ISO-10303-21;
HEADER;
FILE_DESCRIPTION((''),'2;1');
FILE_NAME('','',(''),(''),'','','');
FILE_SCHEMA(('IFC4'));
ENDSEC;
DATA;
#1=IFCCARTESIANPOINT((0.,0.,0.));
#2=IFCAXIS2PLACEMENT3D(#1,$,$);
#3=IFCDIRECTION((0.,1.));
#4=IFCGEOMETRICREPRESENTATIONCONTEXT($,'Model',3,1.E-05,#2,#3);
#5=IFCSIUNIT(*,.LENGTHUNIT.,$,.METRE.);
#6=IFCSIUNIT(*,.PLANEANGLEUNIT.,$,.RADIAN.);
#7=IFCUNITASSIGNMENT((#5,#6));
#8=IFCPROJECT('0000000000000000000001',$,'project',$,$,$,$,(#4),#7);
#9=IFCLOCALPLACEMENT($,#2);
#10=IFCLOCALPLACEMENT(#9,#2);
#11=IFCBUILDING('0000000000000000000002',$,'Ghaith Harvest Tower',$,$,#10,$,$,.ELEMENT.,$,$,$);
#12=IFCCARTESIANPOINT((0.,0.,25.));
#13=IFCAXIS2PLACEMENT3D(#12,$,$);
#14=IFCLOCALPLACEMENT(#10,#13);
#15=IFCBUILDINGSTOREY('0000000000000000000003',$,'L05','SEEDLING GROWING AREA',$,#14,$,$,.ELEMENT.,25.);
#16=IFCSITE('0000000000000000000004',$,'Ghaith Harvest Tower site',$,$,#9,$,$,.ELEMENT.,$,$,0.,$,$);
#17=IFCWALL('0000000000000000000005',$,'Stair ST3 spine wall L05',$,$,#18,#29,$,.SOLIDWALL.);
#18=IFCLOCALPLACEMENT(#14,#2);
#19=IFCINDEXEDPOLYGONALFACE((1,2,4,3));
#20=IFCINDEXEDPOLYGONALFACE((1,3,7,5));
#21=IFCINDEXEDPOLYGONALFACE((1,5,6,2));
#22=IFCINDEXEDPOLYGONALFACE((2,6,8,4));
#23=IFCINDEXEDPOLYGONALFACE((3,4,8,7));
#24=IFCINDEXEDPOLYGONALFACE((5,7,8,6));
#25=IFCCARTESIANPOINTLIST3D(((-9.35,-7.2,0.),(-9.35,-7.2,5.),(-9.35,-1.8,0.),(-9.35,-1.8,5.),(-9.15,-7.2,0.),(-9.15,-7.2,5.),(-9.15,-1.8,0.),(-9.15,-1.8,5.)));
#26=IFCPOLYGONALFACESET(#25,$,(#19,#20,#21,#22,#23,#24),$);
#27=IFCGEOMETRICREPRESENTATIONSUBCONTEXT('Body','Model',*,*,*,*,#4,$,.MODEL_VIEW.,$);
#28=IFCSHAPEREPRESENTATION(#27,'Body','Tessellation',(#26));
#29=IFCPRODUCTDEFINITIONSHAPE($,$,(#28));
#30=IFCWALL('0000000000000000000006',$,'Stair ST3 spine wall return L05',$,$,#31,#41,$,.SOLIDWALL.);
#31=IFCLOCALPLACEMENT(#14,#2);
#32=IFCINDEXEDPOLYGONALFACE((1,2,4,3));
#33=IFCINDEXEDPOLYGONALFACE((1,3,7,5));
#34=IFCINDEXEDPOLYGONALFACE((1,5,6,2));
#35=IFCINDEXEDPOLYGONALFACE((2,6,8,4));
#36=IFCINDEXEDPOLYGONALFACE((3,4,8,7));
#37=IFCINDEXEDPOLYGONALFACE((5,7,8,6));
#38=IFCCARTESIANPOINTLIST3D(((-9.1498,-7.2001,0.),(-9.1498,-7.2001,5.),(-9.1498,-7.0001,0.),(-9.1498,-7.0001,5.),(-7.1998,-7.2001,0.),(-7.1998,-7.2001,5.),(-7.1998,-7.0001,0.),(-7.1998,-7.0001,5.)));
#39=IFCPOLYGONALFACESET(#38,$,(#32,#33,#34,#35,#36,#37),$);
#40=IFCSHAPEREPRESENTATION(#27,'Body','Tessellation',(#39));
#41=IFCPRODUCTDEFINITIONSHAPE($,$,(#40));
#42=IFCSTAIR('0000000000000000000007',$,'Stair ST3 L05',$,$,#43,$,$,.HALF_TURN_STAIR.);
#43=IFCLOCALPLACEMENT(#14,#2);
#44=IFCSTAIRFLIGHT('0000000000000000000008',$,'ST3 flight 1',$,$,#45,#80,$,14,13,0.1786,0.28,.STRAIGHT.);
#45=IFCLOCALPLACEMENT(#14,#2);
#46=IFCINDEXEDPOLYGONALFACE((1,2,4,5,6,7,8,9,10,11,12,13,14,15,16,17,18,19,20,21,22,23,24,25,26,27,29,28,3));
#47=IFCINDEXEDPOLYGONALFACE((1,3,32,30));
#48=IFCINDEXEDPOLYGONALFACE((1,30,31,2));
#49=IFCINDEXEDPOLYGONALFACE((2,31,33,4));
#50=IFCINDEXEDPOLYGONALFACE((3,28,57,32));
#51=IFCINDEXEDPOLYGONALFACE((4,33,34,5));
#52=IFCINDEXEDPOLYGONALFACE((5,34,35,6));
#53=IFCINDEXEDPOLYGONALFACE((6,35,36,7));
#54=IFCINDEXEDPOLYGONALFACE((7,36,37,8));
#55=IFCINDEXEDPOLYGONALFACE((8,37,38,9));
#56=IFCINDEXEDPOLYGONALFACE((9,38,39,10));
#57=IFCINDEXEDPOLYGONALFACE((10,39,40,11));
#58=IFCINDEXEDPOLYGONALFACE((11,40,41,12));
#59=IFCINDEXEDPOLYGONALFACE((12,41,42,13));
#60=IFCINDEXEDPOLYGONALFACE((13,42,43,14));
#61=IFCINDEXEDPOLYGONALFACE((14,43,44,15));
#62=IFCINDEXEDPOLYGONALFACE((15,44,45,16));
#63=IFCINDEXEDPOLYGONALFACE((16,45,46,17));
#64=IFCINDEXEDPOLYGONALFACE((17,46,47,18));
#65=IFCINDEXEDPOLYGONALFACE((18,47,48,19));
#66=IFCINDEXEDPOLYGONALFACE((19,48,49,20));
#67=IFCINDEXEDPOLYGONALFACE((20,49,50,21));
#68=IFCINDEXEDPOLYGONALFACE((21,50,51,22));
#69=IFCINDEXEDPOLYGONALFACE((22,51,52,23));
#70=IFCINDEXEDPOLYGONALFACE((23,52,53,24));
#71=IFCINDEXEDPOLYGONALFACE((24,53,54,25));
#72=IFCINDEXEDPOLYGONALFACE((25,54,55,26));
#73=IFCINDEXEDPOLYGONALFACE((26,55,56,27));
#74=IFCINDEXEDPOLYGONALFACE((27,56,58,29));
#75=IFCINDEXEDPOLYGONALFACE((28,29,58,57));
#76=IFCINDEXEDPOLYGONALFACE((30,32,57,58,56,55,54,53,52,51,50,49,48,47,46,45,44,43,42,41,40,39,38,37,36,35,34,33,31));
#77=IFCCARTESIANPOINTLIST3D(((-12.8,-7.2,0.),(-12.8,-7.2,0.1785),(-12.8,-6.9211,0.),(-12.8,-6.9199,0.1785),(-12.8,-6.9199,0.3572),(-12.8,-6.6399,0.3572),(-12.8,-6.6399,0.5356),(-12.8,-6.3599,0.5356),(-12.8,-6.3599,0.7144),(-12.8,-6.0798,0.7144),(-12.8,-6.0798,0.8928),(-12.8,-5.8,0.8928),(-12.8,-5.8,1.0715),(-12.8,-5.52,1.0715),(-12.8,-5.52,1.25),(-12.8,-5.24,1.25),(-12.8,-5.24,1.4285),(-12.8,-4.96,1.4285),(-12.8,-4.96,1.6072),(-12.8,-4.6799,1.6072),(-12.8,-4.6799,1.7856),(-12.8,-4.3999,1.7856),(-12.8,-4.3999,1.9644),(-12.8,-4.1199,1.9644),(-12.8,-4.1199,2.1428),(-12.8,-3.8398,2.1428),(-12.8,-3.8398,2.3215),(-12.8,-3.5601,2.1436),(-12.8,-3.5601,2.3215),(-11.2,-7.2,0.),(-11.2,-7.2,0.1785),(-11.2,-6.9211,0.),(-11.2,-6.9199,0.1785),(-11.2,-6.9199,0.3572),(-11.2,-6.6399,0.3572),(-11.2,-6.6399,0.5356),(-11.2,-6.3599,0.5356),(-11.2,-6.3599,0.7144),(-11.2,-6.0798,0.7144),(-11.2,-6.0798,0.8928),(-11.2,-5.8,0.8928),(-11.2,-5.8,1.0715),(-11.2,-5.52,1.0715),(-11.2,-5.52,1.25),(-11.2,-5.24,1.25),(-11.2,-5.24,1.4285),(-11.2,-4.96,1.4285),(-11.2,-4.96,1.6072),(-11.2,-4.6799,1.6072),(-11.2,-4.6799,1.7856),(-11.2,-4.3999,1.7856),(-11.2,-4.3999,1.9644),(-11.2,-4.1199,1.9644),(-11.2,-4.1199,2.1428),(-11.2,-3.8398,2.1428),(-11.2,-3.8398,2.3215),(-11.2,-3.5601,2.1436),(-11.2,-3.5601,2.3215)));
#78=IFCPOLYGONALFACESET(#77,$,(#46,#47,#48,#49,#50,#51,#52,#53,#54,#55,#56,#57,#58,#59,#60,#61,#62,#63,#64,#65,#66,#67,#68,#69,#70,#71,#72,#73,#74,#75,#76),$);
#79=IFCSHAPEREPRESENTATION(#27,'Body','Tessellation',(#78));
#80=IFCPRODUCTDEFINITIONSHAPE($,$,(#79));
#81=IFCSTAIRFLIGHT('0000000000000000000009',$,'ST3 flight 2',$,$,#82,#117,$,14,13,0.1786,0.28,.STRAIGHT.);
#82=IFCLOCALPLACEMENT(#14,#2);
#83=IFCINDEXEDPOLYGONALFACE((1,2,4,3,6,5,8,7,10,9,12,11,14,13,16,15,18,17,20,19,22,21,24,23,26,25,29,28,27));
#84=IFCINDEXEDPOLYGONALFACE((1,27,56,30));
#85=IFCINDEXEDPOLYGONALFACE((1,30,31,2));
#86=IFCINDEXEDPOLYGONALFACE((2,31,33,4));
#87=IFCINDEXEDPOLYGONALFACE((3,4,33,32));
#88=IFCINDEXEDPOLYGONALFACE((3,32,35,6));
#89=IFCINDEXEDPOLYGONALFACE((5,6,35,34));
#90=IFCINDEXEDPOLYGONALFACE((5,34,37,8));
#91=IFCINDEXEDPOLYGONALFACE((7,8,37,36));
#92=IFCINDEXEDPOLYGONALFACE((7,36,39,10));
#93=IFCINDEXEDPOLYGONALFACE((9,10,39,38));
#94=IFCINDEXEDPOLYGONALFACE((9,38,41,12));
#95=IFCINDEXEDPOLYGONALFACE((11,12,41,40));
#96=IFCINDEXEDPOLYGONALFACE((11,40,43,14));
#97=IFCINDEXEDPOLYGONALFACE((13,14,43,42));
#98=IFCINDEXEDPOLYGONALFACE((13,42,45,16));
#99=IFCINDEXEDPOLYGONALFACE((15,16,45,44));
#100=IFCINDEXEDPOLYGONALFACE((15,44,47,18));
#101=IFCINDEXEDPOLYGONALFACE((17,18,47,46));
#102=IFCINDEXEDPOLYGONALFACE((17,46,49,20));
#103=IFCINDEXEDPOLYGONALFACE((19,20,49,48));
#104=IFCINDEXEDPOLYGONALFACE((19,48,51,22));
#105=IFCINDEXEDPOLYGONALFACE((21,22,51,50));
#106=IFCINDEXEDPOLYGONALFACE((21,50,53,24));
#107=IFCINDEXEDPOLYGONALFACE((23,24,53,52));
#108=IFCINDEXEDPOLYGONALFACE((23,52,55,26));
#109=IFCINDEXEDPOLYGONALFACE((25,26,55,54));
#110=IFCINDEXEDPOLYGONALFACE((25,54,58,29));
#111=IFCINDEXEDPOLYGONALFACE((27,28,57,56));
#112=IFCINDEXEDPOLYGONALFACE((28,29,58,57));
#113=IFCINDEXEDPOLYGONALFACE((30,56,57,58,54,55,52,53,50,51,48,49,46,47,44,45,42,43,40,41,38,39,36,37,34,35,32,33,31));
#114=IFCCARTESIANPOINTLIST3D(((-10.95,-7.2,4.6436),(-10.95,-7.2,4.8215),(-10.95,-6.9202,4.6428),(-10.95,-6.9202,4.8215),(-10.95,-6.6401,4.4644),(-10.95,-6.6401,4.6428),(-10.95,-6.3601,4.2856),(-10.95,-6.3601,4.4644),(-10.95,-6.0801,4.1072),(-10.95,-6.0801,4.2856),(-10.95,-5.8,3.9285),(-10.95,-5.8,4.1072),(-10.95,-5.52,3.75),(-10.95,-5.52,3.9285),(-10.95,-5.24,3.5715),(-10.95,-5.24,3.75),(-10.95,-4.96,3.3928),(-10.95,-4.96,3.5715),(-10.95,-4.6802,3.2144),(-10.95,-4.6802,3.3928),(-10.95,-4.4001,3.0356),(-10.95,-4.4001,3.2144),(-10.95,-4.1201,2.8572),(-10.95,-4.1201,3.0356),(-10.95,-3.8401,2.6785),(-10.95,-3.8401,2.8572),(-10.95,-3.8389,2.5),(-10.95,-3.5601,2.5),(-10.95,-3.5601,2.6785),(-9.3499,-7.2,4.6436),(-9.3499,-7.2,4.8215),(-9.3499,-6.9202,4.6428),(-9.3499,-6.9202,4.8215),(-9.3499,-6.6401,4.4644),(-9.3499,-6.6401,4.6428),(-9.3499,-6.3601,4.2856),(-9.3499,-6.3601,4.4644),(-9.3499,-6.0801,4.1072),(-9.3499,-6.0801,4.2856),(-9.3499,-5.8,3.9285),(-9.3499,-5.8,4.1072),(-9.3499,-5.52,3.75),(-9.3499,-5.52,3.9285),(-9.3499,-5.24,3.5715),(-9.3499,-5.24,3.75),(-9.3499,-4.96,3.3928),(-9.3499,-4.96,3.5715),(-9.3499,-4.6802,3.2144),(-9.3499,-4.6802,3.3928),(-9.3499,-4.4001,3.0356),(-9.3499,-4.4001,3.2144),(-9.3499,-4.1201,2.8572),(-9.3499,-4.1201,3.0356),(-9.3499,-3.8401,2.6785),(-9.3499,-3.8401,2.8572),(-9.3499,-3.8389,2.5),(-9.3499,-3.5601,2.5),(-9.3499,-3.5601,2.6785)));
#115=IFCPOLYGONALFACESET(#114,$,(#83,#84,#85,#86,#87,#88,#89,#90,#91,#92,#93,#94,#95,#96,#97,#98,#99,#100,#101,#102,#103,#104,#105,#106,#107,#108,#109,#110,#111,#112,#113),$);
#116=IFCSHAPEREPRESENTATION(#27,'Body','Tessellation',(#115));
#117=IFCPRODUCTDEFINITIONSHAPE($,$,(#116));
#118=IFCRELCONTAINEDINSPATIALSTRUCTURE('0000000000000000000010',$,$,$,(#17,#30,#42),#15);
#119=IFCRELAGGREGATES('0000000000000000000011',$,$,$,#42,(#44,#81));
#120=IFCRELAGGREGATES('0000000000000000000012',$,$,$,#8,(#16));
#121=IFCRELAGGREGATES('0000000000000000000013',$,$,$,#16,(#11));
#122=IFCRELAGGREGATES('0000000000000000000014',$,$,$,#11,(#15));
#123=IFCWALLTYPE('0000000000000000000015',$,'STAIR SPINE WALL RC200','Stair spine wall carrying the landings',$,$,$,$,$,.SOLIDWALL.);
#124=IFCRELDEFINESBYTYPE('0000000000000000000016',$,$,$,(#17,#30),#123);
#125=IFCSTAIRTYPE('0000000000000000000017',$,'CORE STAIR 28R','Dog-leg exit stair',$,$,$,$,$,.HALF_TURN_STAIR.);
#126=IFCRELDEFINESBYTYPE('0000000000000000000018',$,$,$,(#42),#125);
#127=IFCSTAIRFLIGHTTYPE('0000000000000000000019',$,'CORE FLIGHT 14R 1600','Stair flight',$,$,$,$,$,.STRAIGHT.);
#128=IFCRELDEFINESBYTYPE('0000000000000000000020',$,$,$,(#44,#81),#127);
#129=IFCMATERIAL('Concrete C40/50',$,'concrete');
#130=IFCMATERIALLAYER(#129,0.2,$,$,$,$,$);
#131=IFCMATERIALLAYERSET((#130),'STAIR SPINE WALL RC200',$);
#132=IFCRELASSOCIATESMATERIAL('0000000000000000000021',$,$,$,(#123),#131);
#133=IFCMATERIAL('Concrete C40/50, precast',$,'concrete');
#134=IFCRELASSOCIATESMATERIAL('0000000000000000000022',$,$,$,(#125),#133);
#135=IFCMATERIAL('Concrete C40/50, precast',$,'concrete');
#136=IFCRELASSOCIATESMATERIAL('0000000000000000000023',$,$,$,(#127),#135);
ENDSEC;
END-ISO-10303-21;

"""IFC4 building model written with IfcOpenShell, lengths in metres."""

from ifc_helpers import new_model, si_unit, direction, frame, frame_2d, origin, place, context, subcontext, project, spatial, polyline, rectangle, outline, extrude, material, layer, layer_set, type_object, element, aggregate, save


model = new_model("IFC4")

# Units and contexts
model_context = context("Model", 3, precision=1e-05, world=origin(), true_north=direction((0.0, 1.0)))
body_context = subcontext(model_context, "Body", "Model", "MODEL_VIEW")
ifc_project = project(units=[si_unit("LENGTHUNIT", "METRE"), si_unit("PLANEANGLEUNIT", "RADIAN")], contexts=[model_context])

# Site, building, storey
site_placement = place(None, origin())
site = spatial("IfcSite", under=ifc_project, at=site_placement, Name="Ghaith Harvest Tower site", CompositionType="ELEMENT", RefElevation=0.0)
building_placement = place(site_placement, origin())
building = spatial("IfcBuilding", under=site, at=building_placement, Name="Ghaith Harvest Tower", CompositionType="ELEMENT")
storey_placement = place(building_placement, frame((0.0, 0.0, 25.0)))
storey = spatial("IfcBuildingStorey", under=building, at=storey_placement, Name="L05", Description="SEEDLING GROWING AREA", CompositionType="ELEMENT", Elevation=25.0)

# Walls
ifc_material_1 = material(Name="Concrete C40/50", Category="concrete")
ifc_layer_1 = layer(ifc_material_1, 0.2)
ifc_layer_set_1 = layer_set([ifc_layer_1], Name="STAIR SPINE WALL RC200")
wall_type_1 = type_object("IfcWallType", Name="STAIR SPINE WALL RC200", Description="Stair spine wall carrying the landings", PredefinedType="SOLIDWALL", material=ifc_layer_set_1)
wall_1_placement = place(storey_placement, frame((-9.25, -7.2, 0.0), z_axis=(0.0, 0.0, 1.0), x_axis=(0.0, 1.0, 0.0)))
element("IfcWall", 1, at=wall_1_placement, inside=storey, type_object=wall_type_1, Name="Stair ST3 spine wall L05", PredefinedType="SOLIDWALL", context=body_context, shape_type="SweptSolid", body=[
    extrude(rectangle(XDim=5.3999, YDim=0.2, at=frame_2d((2.7, 0.0))), origin(), (0.0, 0.0, 1.0), 5.0),
])
wall_2_placement = place(storey_placement, frame((-9.1499, -7.1001, 0.0), z_axis=(0.0, 0.0, 1.0), x_axis=(1.0, 0.0, 0.0)))
element("IfcWall", 2, at=wall_2_placement, inside=storey, type_object=wall_type_1, Name="Stair ST3 spine wall return L05", PredefinedType="SOLIDWALL", context=body_context, shape_type="SweptSolid", body=[
    extrude(rectangle(XDim=1.95, YDim=0.2, at=frame_2d((0.9751, 0.0))), origin(), (0.0, 0.0, 1.0), 5.0),
])

# Stair, stair flights
ifc_material_2 = material(Name="Concrete C40/50, precast", Category="concrete")
stair_type = type_object("IfcStairType", Name="CORE STAIR 28R", Description="Dog-leg exit stair", PredefinedType="HALF_TURN_STAIR", material=ifc_material_2)
stair_placement = place(storey_placement, origin())
stair = element("IfcStair", 3, at=stair_placement, inside=storey, type_object=stair_type, Name="Stair ST3 L05", PredefinedType="HALF_TURN_STAIR")
ifc_material_3 = material(Name="Concrete C40/50, precast", Category="concrete")
stair_flight_type = type_object("IfcStairFlightType", Name="CORE FLIGHT 14R 1600", Description="Stair flight", PredefinedType="STRAIGHT", material=ifc_material_3)
stair_flight_1_placement = place(storey_placement, frame((-12.0, -7.2, 0.0), z_axis=(0.0, 0.0, 1.0), x_axis=(0.0, 1.0, 0.0)))
stair_flight_1 = element("IfcStairFlight", 4, at=stair_flight_1_placement, type_object=stair_flight_type, Name="ST3 flight 1", NumberOfRisers=14, NumberOfTreads=13, PredefinedType="STRAIGHT", RiserHeight=0.1786, TreadLength=0.28, context=body_context, shape_type="SweptSolid", body=[
    extrude(outline(polyline([(0.0, 0.0), (0.0, 0.1785), (0.28, 0.1785), (0.28, 0.3572), (0.5601, 0.3572), (0.5601, 0.5356), (0.8401, 0.5356), (0.8401, 0.7144), (1.1201, 0.7144), (1.1201, 0.8928), (1.3999, 0.8928), (1.3999, 1.0715), (1.6799, 1.0715), (1.6799, 1.25), (1.96, 1.25), (1.96, 1.4285), (2.24, 1.4285), (2.24, 1.6072), (2.52, 1.6072), (2.52, 1.7856), (2.8, 1.7856), (2.8, 1.9644), (3.0801, 1.9644), (3.0801, 2.1428), (3.3601, 2.1428), (3.3601, 2.3215), (3.6399, 2.3215), (3.6399, 2.5), (3.6399, 2.1436), (0.2788, 0.0), (0.0, 0.0)])), frame((0.0, 0.8, 0.0), z_axis=(0.0, -1.0, 0.0), x_axis=(1.0, 0.0, 0.0)), (0.0, 0.0, 1.0), 1.6001),
])
stair_flight_2_placement = place(storey_placement, frame((-10.1499, -3.5601, 2.5), z_axis=(0.0, 0.0, 1.0), x_axis=(0.0, -1.0, 0.0)))
stair_flight_2 = element("IfcStairFlight", 5, at=stair_flight_2_placement, type_object=stair_flight_type, Name="ST3 flight 2", NumberOfRisers=14, NumberOfTreads=13, PredefinedType="STRAIGHT", RiserHeight=0.1786, TreadLength=0.28, context=body_context, shape_type="SweptSolid", body=[
    extrude(outline(polyline([(0.0, 0.0), (0.0, 0.1785), (0.28, 0.1785), (0.28, 0.3572), (0.5601, 0.3572), (0.5601, 0.5356), (0.8401, 0.5356), (0.8401, 0.7144), (1.1201, 0.7144), (1.1201, 0.8928), (1.3999, 0.8928), (1.3999, 1.0715), (1.6799, 1.0715), (1.6799, 1.25), (1.96, 1.25), (1.96, 1.4285), (2.24, 1.4285), (2.24, 1.6072), (2.52, 1.6072), (2.52, 1.7856), (2.8, 1.7856), (2.8, 1.9644), (3.0801, 1.9644), (3.0801, 2.1428), (3.3601, 2.1428), (3.3601, 2.3215), (3.6399, 2.3215), (3.6399, 2.5), (3.6399, 2.1436), (0.2788, 0.0), (0.0, 0.0)])), frame((0.0, 0.8, 0.0), z_axis=(0.0, -1.0, 0.0), x_axis=(1.0, 0.0, 0.0)), (0.0, 0.0, 1.0), 1.6001),
])
aggregate(stair, [stair_flight_1, stair_flight_2])

save(model, "model.ifc")
